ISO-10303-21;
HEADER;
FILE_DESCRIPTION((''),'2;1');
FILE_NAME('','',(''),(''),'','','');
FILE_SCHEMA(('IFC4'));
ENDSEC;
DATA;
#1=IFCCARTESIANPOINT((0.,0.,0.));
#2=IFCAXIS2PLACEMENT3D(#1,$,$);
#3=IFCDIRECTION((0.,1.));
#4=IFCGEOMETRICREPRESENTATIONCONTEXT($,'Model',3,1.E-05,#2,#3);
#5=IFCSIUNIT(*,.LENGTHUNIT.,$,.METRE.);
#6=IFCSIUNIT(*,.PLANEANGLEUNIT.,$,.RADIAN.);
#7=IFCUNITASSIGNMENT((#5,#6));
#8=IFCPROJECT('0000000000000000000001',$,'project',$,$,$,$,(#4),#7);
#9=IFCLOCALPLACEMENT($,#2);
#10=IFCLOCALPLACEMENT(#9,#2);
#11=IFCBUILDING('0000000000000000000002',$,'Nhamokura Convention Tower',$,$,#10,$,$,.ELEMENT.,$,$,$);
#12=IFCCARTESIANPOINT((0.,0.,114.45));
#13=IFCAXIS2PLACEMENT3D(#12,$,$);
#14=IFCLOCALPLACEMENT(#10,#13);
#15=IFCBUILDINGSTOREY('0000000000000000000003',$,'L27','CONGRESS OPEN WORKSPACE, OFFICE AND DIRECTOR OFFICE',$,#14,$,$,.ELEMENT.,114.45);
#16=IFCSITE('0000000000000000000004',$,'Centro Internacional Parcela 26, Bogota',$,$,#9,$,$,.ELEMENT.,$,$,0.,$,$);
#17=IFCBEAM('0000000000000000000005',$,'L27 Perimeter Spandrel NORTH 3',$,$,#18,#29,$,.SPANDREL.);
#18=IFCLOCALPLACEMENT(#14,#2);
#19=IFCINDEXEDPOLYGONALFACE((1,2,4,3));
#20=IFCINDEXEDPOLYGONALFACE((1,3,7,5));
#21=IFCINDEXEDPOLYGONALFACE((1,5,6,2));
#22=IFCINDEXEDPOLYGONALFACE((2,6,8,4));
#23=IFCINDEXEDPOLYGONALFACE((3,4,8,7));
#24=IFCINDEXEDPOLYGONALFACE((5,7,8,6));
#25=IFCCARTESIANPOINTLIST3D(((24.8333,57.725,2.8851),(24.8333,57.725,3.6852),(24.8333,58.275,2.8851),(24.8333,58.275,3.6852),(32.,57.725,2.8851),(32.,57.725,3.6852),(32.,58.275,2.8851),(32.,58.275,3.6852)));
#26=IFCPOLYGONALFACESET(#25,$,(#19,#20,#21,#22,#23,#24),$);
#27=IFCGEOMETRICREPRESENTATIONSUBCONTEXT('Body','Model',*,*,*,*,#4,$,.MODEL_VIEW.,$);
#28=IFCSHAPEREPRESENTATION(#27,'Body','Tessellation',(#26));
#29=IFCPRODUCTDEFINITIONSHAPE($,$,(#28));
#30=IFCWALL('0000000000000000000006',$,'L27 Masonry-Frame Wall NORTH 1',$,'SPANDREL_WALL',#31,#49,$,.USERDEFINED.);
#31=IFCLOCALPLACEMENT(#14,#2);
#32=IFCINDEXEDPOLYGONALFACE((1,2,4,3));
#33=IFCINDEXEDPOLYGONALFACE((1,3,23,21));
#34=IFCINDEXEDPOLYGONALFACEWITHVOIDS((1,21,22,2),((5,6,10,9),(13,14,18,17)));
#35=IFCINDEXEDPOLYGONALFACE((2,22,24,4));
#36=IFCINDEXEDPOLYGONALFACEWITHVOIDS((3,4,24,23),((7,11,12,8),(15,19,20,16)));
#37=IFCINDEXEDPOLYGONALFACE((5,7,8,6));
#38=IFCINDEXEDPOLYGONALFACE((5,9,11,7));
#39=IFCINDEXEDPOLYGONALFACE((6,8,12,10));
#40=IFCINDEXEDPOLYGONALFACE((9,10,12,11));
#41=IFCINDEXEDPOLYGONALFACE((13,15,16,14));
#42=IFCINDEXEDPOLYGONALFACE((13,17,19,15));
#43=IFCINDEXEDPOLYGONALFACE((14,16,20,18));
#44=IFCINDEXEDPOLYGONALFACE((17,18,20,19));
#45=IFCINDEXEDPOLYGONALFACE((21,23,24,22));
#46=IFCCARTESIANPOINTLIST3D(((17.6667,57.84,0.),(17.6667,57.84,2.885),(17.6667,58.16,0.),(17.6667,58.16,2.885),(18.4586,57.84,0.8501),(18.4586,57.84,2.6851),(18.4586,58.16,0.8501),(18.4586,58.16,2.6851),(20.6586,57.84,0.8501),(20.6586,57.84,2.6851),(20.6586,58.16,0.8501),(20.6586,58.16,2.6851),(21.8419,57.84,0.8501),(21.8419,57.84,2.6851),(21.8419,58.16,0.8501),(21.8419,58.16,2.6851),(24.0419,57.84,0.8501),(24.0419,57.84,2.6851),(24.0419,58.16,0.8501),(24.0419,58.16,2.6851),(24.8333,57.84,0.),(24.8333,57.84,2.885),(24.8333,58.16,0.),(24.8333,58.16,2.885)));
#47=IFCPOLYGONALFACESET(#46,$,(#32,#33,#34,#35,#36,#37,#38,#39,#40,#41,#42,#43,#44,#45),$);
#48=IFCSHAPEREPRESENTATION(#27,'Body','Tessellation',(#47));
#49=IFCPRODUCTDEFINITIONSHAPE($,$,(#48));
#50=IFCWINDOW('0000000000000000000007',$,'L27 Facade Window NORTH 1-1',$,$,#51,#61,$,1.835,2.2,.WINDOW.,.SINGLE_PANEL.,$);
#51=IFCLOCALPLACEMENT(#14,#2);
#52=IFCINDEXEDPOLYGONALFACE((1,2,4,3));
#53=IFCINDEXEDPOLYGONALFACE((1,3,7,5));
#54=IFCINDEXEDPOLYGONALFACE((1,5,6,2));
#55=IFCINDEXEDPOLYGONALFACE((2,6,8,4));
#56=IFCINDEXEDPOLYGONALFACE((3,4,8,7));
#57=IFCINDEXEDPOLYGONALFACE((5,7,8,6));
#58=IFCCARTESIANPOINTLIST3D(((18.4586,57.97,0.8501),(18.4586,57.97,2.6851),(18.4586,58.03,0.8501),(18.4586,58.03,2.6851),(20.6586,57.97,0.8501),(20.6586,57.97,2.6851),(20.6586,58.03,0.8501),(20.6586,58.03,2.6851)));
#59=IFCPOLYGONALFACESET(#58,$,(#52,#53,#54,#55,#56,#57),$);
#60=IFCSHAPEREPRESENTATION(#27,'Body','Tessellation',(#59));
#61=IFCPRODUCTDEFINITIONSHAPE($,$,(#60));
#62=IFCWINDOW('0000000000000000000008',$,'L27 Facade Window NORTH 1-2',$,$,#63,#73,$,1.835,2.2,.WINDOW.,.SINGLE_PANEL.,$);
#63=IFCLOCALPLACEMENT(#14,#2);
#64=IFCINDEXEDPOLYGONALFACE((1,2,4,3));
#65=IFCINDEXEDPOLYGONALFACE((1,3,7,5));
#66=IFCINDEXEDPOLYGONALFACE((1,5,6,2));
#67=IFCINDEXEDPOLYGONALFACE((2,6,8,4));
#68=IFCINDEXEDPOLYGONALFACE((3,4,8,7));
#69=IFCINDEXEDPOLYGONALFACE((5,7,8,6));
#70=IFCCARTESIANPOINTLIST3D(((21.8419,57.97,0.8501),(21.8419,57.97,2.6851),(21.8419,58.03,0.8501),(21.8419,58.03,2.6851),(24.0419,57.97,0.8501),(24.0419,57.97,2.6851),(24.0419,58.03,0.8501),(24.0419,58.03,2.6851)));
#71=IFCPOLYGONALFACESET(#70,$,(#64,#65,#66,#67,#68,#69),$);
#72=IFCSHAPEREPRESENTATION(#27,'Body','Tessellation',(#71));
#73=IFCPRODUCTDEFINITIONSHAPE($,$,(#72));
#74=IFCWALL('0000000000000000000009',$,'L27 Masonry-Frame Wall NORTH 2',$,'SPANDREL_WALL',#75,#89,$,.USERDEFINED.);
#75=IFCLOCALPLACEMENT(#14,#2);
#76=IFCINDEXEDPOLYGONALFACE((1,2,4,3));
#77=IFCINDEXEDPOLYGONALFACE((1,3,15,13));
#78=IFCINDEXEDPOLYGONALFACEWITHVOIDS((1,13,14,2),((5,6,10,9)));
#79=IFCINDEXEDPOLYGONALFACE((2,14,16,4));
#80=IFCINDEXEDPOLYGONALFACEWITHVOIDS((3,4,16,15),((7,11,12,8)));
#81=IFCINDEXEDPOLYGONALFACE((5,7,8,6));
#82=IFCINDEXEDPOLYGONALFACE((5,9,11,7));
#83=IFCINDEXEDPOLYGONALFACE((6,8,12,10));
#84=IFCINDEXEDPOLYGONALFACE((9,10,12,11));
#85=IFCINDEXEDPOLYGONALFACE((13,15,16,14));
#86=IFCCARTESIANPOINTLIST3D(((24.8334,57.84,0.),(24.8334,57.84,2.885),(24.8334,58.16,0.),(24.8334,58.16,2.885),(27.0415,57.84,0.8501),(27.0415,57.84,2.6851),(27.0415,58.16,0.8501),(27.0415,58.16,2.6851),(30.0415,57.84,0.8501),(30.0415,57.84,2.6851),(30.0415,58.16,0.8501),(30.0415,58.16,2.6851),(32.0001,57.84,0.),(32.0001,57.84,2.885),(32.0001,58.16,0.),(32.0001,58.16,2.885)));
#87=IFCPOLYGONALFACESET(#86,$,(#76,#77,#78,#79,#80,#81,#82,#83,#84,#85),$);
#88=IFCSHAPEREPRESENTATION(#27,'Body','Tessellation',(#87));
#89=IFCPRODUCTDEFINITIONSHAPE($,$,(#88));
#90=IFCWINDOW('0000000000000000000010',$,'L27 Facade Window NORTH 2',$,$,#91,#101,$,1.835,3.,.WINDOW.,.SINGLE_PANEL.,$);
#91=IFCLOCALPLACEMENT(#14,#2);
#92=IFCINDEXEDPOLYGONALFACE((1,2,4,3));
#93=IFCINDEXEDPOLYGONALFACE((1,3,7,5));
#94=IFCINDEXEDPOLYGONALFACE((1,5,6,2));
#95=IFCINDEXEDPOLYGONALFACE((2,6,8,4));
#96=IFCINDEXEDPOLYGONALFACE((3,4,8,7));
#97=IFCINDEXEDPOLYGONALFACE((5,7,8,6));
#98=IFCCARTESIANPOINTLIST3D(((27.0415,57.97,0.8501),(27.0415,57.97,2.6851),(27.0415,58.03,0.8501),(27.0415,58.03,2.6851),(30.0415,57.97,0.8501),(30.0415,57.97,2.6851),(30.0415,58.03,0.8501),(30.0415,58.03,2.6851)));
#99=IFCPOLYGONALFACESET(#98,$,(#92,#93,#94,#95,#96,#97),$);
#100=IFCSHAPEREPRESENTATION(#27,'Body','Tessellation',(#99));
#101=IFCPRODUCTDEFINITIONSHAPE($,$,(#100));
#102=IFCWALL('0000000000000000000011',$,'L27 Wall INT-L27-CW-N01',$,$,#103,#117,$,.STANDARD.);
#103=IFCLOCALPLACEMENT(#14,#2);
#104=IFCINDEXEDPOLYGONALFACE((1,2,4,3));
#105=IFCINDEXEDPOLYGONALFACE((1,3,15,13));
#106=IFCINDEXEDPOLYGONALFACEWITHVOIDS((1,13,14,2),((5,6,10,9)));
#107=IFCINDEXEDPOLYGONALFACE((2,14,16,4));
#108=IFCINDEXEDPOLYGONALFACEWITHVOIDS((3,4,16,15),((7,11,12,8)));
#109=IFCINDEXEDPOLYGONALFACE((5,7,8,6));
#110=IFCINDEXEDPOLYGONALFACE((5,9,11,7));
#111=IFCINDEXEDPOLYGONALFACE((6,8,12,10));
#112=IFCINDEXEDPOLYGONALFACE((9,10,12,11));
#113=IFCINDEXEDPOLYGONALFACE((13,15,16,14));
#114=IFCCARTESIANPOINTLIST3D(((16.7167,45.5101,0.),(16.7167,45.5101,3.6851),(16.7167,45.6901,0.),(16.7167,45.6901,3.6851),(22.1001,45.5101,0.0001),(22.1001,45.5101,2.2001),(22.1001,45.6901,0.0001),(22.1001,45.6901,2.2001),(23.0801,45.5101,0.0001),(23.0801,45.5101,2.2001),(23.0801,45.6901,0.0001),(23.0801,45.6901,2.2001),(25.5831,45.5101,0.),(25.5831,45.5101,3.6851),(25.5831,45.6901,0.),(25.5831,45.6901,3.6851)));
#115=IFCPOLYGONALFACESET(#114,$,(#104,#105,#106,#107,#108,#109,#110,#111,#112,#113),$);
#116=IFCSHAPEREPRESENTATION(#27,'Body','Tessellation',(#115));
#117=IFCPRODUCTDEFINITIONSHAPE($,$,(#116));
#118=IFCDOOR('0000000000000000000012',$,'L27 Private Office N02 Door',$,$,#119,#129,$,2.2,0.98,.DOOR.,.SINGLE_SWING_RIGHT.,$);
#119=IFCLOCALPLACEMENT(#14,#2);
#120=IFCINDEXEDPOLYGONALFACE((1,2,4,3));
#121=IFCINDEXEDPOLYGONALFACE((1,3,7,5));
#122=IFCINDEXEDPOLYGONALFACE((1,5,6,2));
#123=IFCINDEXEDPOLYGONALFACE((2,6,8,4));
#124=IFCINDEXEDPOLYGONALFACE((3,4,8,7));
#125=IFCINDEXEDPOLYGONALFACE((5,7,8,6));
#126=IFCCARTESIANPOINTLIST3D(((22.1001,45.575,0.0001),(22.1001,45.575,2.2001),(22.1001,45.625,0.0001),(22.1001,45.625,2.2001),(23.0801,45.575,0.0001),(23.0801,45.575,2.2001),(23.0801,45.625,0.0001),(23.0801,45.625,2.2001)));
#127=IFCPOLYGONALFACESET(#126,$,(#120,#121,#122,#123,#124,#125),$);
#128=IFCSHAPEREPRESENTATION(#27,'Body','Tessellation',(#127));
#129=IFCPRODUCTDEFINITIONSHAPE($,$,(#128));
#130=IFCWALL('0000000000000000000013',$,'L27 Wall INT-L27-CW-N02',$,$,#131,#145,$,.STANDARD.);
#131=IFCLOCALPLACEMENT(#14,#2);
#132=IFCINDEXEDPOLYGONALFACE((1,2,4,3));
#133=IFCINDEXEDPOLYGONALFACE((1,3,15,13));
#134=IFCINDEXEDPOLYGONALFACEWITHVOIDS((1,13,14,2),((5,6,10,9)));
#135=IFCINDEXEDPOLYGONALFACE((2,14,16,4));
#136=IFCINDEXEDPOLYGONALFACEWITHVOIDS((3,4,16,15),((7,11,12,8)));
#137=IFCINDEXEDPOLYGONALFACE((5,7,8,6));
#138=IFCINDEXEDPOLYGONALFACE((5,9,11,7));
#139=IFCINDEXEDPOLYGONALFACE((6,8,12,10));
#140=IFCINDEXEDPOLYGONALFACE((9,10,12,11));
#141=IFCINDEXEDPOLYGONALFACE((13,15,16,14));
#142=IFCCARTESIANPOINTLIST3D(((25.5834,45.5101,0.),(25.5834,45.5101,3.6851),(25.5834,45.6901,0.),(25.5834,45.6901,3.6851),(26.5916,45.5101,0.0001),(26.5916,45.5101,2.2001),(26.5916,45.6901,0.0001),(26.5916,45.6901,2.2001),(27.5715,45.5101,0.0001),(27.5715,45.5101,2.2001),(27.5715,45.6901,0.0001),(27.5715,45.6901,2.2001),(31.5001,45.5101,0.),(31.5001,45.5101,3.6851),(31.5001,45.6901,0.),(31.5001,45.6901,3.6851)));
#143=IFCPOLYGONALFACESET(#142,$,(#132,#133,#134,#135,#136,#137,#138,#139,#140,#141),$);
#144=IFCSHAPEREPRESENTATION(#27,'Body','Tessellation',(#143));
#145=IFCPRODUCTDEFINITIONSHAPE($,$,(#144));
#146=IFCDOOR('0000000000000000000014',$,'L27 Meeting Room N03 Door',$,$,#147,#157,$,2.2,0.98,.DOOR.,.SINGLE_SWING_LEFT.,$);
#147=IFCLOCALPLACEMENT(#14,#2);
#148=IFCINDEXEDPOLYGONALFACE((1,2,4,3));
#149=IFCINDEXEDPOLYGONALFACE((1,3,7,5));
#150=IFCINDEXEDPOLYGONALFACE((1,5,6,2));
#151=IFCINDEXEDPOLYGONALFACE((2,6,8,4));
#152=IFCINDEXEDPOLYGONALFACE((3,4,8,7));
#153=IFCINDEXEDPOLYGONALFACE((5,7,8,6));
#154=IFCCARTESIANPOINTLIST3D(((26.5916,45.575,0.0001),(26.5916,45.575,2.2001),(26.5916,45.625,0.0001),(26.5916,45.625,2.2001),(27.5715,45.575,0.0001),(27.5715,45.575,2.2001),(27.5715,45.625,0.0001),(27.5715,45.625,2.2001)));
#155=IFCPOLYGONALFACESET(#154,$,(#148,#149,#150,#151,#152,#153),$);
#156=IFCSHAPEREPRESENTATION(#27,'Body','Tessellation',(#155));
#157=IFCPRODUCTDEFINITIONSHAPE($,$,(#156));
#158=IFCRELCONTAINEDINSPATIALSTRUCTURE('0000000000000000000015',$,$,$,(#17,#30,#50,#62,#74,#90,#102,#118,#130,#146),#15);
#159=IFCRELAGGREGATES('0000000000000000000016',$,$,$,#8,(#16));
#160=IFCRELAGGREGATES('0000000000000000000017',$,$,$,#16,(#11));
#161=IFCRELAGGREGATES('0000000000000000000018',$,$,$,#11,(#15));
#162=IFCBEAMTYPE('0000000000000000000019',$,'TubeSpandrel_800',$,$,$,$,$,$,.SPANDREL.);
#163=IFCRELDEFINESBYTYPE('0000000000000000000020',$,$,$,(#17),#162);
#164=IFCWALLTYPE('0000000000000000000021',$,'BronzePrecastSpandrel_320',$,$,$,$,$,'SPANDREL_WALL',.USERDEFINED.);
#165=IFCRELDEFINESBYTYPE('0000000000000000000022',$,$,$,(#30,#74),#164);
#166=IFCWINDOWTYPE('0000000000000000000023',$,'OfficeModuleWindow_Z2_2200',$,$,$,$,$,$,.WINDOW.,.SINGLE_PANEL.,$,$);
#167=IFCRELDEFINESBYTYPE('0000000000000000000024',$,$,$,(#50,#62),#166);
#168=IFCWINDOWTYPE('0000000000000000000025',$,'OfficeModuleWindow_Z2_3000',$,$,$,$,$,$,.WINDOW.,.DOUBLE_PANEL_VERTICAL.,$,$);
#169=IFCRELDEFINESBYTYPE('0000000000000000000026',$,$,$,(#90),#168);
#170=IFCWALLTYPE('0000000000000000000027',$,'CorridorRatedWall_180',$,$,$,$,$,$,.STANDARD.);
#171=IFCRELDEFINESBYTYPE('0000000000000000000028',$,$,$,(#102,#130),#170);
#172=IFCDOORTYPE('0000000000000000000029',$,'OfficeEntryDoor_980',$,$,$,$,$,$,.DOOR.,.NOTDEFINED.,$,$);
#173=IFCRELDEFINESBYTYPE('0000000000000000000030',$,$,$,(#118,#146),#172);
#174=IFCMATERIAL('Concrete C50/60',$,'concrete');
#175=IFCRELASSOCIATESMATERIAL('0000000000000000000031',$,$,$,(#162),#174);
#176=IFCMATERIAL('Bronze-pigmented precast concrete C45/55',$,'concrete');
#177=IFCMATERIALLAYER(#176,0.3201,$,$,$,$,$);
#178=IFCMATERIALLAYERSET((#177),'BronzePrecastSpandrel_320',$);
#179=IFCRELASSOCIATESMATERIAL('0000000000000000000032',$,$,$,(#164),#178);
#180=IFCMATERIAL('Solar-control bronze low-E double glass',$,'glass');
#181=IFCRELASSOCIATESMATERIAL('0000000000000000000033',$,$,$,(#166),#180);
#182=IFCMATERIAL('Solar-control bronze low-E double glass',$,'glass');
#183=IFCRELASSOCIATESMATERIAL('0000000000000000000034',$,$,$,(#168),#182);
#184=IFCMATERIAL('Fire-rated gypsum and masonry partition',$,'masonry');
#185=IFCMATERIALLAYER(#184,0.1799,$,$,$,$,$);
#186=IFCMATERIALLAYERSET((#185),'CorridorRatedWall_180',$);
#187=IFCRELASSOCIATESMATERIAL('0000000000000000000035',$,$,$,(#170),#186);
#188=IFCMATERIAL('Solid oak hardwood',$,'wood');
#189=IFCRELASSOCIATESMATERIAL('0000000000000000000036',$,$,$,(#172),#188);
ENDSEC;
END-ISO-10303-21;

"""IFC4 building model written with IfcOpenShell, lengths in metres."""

from ifc_helpers import new_model, si_unit, direction, frame, frame_2d, origin, origin_2d, place, context, subcontext, project, spatial, rectangle, extrude, material, layer, layer_set, material_profile, profile_set, type_object, element, fill, save


model = new_model("IFC4")

# Units and contexts
model_context = context("Model", 3, precision=1e-05, world=origin(), true_north=direction((0.0, 1.0)))
body_context = subcontext(model_context, "Body", "Model", "MODEL_VIEW")
ifc_project = project(units=[si_unit("LENGTHUNIT", "METRE"), si_unit("PLANEANGLEUNIT", "RADIAN")], contexts=[model_context])

# Site, building, storey
site_placement = place(None, origin())
site = spatial("IfcSite", under=ifc_project, at=site_placement, Name="Centro Internacional Parcela 26, Bogota", CompositionType="ELEMENT", RefElevation=0.0)
building_placement = place(site_placement, origin())
building = spatial("IfcBuilding", under=site, at=building_placement, Name="Nhamokura Convention Tower", CompositionType="ELEMENT")
storey_placement = place(building_placement, frame((0.0, 0.0, 114.45)))
storey = spatial("IfcBuildingStorey", under=building, at=storey_placement, Name="L27", Description="CONGRESS OPEN WORKSPACE, OFFICE AND DIRECTOR OFFICE", CompositionType="ELEMENT", Elevation=114.45)

# Beam
ifc_material_1 = material(Name="Concrete C50/60", Category="concrete")
ifc_material_profile_1 = material_profile(ifc_material_1, rectangle(XDim=0.55, YDim=0.8, at=origin_2d()))
ifc_profile_set_1 = profile_set([ifc_material_profile_1], Name="Concrete C50/60")
beam_type_1 = type_object("IfcBeamType", Name="TubeSpandrel_800", PredefinedType="SPANDREL", material=ifc_profile_set_1)
beam_1_placement = place(storey_placement, frame((24.8333, 58.0, 3.2852), z_axis=(1.0, 0.0, 0.0), x_axis=(0.0, 1.0, 0.0)))
element("IfcBeam", 1, at=beam_1_placement, inside=storey, type_object=beam_type_1, Name="L27 Perimeter Spandrel NORTH 3", PredefinedType="SPANDREL", context=body_context, shape_type="SweptSolid", body=[
    extrude(rectangle(XDim=0.55, YDim=0.8, at=origin_2d()), origin(), (0.0, 0.0, 1.0), 7.1667),
])

# Wall, openings, windows
ifc_material_2 = material(Name="Bronze-pigmented precast concrete C45/55", Category="concrete")
ifc_layer_1 = layer(ifc_material_2, 0.3201)
ifc_layer_set_1 = layer_set([ifc_layer_1], Name="BronzePrecastSpandrel_320")
wall_type_1 = type_object("IfcWallType", Name="BronzePrecastSpandrel_320", ElementType="SPANDREL_WALL", PredefinedType="USERDEFINED", material=ifc_layer_set_1)
wall_1_placement = place(storey_placement, frame((17.6667, 58.0, 0.0), z_axis=(0.0, 0.0, 1.0), x_axis=(1.0, 0.0, 0.0)))
wall_1 = element("IfcWall", 2, at=wall_1_placement, inside=storey, type_object=wall_type_1, Name="L27 Masonry-Frame Wall NORTH 1", ObjectType="SPANDREL_WALL", PredefinedType="USERDEFINED", context=body_context, shape_type="SweptSolid", body=[
    extrude(rectangle(XDim=7.1665, YDim=0.3201, at=frame_2d((3.5833, 0.0))), origin(), (0.0, 0.0, 1.0), 2.885),
])
opening_1_placement = place(wall_1_placement, frame((0.7917, 0.0, 0.8501)))
opening_1 = element("IfcOpeningElement", 3, at=opening_1_placement, cuts=wall_1, PredefinedType="OPENING", context=body_context, shape_type="SweptSolid", body=[
    extrude(rectangle(XDim=2.2, YDim=1.835, at=frame_2d((1.1001, 0.9175))), frame((0.0, 0.1699, 0.0), z_axis=(0.0, -1.0, 0.0), x_axis=(1.0, 0.0, 0.0)), (0.0, 0.0, 1.0), 0.3401),
])
opening_2_placement = place(wall_1_placement, frame((4.175, 0.0, 0.8501)))
opening_2 = element("IfcOpeningElement", 4, at=opening_2_placement, cuts=wall_1, PredefinedType="OPENING", context=body_context, shape_type="SweptSolid", body=[
    extrude(rectangle(XDim=2.2, YDim=1.835, at=frame_2d((1.1001, 0.9175))), frame((0.0, 0.1699, 0.0), z_axis=(0.0, -1.0, 0.0), x_axis=(1.0, 0.0, 0.0)), (0.0, 0.0, 1.0), 0.3401),
])
ifc_material_3 = material(Name="Solar-control bronze low-E double glass", Category="glass")
window_type_1 = type_object("IfcWindowType", Name="OfficeModuleWindow_Z2_2200", PartitioningType="SINGLE_PANEL", PredefinedType="WINDOW", material=ifc_material_3)
window_1_placement = place(opening_1_placement, origin())
window_1 = element("IfcWindow", 5, at=window_1_placement, inside=storey, type_object=window_type_1, Name="L27 Facade Window NORTH 1-1", OverallHeight=1.835, OverallWidth=2.2, PartitioningType="SINGLE_PANEL", PredefinedType="WINDOW", context=body_context, shape_type="SweptSolid", body=[
    extrude(rectangle(XDim=2.2, YDim=1.835, at=frame_2d((1.1001, 0.9175))), frame((0.0, 0.03, 0.0), z_axis=(0.0, -1.0, 0.0), x_axis=(1.0, 0.0, 0.0)), (0.0, 0.0, 1.0), 0.0601),
])
fill(opening_1, window_1)
window_2_placement = place(opening_2_placement, origin())
window_2 = element("IfcWindow", 6, at=window_2_placement, inside=storey, type_object=window_type_1, Name="L27 Facade Window NORTH 1-2", OverallHeight=1.835, OverallWidth=2.2, PartitioningType="SINGLE_PANEL", PredefinedType="WINDOW", context=body_context, shape_type="SweptSolid", body=[
    extrude(rectangle(XDim=2.2, YDim=1.835, at=frame_2d((1.1001, 0.9175))), frame((0.0, 0.03, 0.0), z_axis=(0.0, -1.0, 0.0), x_axis=(1.0, 0.0, 0.0)), (0.0, 0.0, 1.0), 0.0601),
])
fill(opening_2, window_2)

# Wall, opening, window
wall_2_placement = place(storey_placement, frame((24.8333, 58.0, 0.0), z_axis=(0.0, 0.0, 1.0), x_axis=(1.0, 0.0, 0.0)))
wall_2 = element("IfcWall", 7, at=wall_2_placement, inside=storey, type_object=wall_type_1, Name="L27 Masonry-Frame Wall NORTH 2", ObjectType="SPANDREL_WALL", PredefinedType="USERDEFINED", context=body_context, shape_type="SweptSolid", body=[
    extrude(rectangle(XDim=7.1667, YDim=0.3201, at=frame_2d((3.5835, 0.0))), origin(), (0.0, 0.0, 1.0), 2.885),
])
opening_3_placement = place(wall_2_placement, frame((2.2083, 0.0, 0.8501)))
opening_3 = element("IfcOpeningElement", 8, at=opening_3_placement, cuts=wall_2, PredefinedType="OPENING", context=body_context, shape_type="SweptSolid", body=[
    extrude(rectangle(XDim=3.0, YDim=1.835, at=frame_2d((1.5, 0.9175))), frame((0.0, 0.1699, 0.0), z_axis=(0.0, -1.0, 0.0), x_axis=(1.0, 0.0, 0.0)), (0.0, 0.0, 1.0), 0.3401),
])
ifc_material_4 = material(Name="Solar-control bronze low-E double glass", Category="glass")
window_type_2 = type_object("IfcWindowType", Name="OfficeModuleWindow_Z2_3000", PartitioningType="DOUBLE_PANEL_VERTICAL", PredefinedType="WINDOW", material=ifc_material_4)
window_3_placement = place(opening_3_placement, origin())
window_3 = element("IfcWindow", 9, at=window_3_placement, inside=storey, type_object=window_type_2, Name="L27 Facade Window NORTH 2", OverallHeight=1.835, OverallWidth=3.0, PartitioningType="SINGLE_PANEL", PredefinedType="WINDOW", context=body_context, shape_type="SweptSolid", body=[
    extrude(rectangle(XDim=3.0, YDim=1.835, at=frame_2d((1.5, 0.9175))), frame((0.0, 0.03, 0.0), z_axis=(0.0, -1.0, 0.0), x_axis=(1.0, 0.0, 0.0)), (0.0, 0.0, 1.0), 0.0601),
])
fill(opening_3, window_3)

# Walls, openings, doors
ifc_material_5 = material(Name="Fire-rated gypsum and masonry partition", Category="masonry")
ifc_layer_2 = layer(ifc_material_5, 0.1799)
ifc_layer_set_2 = layer_set([ifc_layer_2], Name="CorridorRatedWall_180")
wall_type_2 = type_object("IfcWallType", Name="CorridorRatedWall_180", PredefinedType="STANDARD", material=ifc_layer_set_2)
wall_3_placement = place(storey_placement, frame((16.7168, 45.6001, 0.0), z_axis=(0.0, 0.0, 1.0), x_axis=(1.0, 0.0, 0.0)))
wall_3 = element("IfcWall", 10, at=wall_3_placement, inside=storey, type_object=wall_type_2, Name="L27 Wall INT-L27-CW-N01", PredefinedType="STANDARD", context=body_context, shape_type="SweptSolid", body=[
    extrude(rectangle(XDim=8.8665, YDim=0.1799, at=frame_2d((4.4331, 0.0))), origin(), (0.0, 0.0, 1.0), 3.6851),
])
opening_4_placement = place(wall_3_placement, frame((5.3833, 0.0, 0.0)))
opening_4 = element("IfcOpeningElement", 11, at=opening_4_placement, cuts=wall_3, PredefinedType="OPENING", context=body_context, shape_type="SweptSolid", body=[
    extrude(rectangle(XDim=0.98, YDim=2.2, at=frame_2d((0.49, 1.1001))), frame((0.0, 0.0999, 0.0), z_axis=(0.0, -1.0, 0.0), x_axis=(1.0, 0.0, 0.0)), (0.0, 0.0, 1.0), 0.2),
])
ifc_material_6 = material(Name="Solid oak hardwood", Category="wood")
door_type = type_object("IfcDoorType", Name="OfficeEntryDoor_980", OperationType="NOTDEFINED", PredefinedType="DOOR", material=ifc_material_6)
door_1_placement = place(opening_4_placement, origin())
door_1 = element("IfcDoor", 12, at=door_1_placement, inside=storey, type_object=door_type, Name="L27 Private Office N02 Door", OperationType="SINGLE_SWING_RIGHT", OverallHeight=2.2, OverallWidth=0.98, PredefinedType="DOOR", context=body_context, shape_type="SweptSolid", body=[
    extrude(rectangle(XDim=0.98, YDim=2.2, at=frame_2d((0.49, 1.1001))), frame((0.0, 0.0249, 0.0), z_axis=(0.0, -1.0, 0.0), x_axis=(1.0, 0.0, 0.0)), (0.0, 0.0, 1.0), 0.05),
])
fill(opening_4, door_1)
wall_4_placement = place(storey_placement, frame((25.5833, 45.6001, 0.0), z_axis=(0.0, 0.0, 1.0), x_axis=(1.0, 0.0, 0.0)))
wall_4 = element("IfcWall", 13, at=wall_4_placement, inside=storey, type_object=wall_type_2, Name="L27 Wall INT-L27-CW-N02", PredefinedType="STANDARD", context=body_context, shape_type="SweptSolid", body=[
    extrude(rectangle(XDim=5.9167, YDim=0.1799, at=frame_2d((2.9585, 0.0))), origin(), (0.0, 0.0, 1.0), 3.6851),
])
opening_5_placement = place(wall_4_placement, frame((1.0083, 0.0, 0.0)))
opening_5 = element("IfcOpeningElement", 14, at=opening_5_placement, cuts=wall_4, PredefinedType="OPENING", context=body_context, shape_type="SweptSolid", body=[
    extrude(rectangle(XDim=0.98, YDim=2.2, at=frame_2d((0.49, 1.1001))), frame((0.0, 0.0999, 0.0), z_axis=(0.0, -1.0, 0.0), x_axis=(1.0, 0.0, 0.0)), (0.0, 0.0, 1.0), 0.2),
])
door_2_placement = place(opening_5_placement, origin())
door_2 = element("IfcDoor", 15, at=door_2_placement, inside=storey, type_object=door_type, Name="L27 Meeting Room N03 Door", OperationType="SINGLE_SWING_LEFT", OverallHeight=2.2, OverallWidth=0.98, PredefinedType="DOOR", context=body_context, shape_type="SweptSolid", body=[
    extrude(rectangle(XDim=0.98, YDim=2.2, at=frame_2d((0.49, 1.1001))), frame((0.0, 0.0249, 0.0), z_axis=(0.0, -1.0, 0.0), x_axis=(1.0, 0.0, 0.0)), (0.0, 0.0, 1.0), 0.05),
])
fill(opening_5, door_2)

save(model, "model.ifc")
